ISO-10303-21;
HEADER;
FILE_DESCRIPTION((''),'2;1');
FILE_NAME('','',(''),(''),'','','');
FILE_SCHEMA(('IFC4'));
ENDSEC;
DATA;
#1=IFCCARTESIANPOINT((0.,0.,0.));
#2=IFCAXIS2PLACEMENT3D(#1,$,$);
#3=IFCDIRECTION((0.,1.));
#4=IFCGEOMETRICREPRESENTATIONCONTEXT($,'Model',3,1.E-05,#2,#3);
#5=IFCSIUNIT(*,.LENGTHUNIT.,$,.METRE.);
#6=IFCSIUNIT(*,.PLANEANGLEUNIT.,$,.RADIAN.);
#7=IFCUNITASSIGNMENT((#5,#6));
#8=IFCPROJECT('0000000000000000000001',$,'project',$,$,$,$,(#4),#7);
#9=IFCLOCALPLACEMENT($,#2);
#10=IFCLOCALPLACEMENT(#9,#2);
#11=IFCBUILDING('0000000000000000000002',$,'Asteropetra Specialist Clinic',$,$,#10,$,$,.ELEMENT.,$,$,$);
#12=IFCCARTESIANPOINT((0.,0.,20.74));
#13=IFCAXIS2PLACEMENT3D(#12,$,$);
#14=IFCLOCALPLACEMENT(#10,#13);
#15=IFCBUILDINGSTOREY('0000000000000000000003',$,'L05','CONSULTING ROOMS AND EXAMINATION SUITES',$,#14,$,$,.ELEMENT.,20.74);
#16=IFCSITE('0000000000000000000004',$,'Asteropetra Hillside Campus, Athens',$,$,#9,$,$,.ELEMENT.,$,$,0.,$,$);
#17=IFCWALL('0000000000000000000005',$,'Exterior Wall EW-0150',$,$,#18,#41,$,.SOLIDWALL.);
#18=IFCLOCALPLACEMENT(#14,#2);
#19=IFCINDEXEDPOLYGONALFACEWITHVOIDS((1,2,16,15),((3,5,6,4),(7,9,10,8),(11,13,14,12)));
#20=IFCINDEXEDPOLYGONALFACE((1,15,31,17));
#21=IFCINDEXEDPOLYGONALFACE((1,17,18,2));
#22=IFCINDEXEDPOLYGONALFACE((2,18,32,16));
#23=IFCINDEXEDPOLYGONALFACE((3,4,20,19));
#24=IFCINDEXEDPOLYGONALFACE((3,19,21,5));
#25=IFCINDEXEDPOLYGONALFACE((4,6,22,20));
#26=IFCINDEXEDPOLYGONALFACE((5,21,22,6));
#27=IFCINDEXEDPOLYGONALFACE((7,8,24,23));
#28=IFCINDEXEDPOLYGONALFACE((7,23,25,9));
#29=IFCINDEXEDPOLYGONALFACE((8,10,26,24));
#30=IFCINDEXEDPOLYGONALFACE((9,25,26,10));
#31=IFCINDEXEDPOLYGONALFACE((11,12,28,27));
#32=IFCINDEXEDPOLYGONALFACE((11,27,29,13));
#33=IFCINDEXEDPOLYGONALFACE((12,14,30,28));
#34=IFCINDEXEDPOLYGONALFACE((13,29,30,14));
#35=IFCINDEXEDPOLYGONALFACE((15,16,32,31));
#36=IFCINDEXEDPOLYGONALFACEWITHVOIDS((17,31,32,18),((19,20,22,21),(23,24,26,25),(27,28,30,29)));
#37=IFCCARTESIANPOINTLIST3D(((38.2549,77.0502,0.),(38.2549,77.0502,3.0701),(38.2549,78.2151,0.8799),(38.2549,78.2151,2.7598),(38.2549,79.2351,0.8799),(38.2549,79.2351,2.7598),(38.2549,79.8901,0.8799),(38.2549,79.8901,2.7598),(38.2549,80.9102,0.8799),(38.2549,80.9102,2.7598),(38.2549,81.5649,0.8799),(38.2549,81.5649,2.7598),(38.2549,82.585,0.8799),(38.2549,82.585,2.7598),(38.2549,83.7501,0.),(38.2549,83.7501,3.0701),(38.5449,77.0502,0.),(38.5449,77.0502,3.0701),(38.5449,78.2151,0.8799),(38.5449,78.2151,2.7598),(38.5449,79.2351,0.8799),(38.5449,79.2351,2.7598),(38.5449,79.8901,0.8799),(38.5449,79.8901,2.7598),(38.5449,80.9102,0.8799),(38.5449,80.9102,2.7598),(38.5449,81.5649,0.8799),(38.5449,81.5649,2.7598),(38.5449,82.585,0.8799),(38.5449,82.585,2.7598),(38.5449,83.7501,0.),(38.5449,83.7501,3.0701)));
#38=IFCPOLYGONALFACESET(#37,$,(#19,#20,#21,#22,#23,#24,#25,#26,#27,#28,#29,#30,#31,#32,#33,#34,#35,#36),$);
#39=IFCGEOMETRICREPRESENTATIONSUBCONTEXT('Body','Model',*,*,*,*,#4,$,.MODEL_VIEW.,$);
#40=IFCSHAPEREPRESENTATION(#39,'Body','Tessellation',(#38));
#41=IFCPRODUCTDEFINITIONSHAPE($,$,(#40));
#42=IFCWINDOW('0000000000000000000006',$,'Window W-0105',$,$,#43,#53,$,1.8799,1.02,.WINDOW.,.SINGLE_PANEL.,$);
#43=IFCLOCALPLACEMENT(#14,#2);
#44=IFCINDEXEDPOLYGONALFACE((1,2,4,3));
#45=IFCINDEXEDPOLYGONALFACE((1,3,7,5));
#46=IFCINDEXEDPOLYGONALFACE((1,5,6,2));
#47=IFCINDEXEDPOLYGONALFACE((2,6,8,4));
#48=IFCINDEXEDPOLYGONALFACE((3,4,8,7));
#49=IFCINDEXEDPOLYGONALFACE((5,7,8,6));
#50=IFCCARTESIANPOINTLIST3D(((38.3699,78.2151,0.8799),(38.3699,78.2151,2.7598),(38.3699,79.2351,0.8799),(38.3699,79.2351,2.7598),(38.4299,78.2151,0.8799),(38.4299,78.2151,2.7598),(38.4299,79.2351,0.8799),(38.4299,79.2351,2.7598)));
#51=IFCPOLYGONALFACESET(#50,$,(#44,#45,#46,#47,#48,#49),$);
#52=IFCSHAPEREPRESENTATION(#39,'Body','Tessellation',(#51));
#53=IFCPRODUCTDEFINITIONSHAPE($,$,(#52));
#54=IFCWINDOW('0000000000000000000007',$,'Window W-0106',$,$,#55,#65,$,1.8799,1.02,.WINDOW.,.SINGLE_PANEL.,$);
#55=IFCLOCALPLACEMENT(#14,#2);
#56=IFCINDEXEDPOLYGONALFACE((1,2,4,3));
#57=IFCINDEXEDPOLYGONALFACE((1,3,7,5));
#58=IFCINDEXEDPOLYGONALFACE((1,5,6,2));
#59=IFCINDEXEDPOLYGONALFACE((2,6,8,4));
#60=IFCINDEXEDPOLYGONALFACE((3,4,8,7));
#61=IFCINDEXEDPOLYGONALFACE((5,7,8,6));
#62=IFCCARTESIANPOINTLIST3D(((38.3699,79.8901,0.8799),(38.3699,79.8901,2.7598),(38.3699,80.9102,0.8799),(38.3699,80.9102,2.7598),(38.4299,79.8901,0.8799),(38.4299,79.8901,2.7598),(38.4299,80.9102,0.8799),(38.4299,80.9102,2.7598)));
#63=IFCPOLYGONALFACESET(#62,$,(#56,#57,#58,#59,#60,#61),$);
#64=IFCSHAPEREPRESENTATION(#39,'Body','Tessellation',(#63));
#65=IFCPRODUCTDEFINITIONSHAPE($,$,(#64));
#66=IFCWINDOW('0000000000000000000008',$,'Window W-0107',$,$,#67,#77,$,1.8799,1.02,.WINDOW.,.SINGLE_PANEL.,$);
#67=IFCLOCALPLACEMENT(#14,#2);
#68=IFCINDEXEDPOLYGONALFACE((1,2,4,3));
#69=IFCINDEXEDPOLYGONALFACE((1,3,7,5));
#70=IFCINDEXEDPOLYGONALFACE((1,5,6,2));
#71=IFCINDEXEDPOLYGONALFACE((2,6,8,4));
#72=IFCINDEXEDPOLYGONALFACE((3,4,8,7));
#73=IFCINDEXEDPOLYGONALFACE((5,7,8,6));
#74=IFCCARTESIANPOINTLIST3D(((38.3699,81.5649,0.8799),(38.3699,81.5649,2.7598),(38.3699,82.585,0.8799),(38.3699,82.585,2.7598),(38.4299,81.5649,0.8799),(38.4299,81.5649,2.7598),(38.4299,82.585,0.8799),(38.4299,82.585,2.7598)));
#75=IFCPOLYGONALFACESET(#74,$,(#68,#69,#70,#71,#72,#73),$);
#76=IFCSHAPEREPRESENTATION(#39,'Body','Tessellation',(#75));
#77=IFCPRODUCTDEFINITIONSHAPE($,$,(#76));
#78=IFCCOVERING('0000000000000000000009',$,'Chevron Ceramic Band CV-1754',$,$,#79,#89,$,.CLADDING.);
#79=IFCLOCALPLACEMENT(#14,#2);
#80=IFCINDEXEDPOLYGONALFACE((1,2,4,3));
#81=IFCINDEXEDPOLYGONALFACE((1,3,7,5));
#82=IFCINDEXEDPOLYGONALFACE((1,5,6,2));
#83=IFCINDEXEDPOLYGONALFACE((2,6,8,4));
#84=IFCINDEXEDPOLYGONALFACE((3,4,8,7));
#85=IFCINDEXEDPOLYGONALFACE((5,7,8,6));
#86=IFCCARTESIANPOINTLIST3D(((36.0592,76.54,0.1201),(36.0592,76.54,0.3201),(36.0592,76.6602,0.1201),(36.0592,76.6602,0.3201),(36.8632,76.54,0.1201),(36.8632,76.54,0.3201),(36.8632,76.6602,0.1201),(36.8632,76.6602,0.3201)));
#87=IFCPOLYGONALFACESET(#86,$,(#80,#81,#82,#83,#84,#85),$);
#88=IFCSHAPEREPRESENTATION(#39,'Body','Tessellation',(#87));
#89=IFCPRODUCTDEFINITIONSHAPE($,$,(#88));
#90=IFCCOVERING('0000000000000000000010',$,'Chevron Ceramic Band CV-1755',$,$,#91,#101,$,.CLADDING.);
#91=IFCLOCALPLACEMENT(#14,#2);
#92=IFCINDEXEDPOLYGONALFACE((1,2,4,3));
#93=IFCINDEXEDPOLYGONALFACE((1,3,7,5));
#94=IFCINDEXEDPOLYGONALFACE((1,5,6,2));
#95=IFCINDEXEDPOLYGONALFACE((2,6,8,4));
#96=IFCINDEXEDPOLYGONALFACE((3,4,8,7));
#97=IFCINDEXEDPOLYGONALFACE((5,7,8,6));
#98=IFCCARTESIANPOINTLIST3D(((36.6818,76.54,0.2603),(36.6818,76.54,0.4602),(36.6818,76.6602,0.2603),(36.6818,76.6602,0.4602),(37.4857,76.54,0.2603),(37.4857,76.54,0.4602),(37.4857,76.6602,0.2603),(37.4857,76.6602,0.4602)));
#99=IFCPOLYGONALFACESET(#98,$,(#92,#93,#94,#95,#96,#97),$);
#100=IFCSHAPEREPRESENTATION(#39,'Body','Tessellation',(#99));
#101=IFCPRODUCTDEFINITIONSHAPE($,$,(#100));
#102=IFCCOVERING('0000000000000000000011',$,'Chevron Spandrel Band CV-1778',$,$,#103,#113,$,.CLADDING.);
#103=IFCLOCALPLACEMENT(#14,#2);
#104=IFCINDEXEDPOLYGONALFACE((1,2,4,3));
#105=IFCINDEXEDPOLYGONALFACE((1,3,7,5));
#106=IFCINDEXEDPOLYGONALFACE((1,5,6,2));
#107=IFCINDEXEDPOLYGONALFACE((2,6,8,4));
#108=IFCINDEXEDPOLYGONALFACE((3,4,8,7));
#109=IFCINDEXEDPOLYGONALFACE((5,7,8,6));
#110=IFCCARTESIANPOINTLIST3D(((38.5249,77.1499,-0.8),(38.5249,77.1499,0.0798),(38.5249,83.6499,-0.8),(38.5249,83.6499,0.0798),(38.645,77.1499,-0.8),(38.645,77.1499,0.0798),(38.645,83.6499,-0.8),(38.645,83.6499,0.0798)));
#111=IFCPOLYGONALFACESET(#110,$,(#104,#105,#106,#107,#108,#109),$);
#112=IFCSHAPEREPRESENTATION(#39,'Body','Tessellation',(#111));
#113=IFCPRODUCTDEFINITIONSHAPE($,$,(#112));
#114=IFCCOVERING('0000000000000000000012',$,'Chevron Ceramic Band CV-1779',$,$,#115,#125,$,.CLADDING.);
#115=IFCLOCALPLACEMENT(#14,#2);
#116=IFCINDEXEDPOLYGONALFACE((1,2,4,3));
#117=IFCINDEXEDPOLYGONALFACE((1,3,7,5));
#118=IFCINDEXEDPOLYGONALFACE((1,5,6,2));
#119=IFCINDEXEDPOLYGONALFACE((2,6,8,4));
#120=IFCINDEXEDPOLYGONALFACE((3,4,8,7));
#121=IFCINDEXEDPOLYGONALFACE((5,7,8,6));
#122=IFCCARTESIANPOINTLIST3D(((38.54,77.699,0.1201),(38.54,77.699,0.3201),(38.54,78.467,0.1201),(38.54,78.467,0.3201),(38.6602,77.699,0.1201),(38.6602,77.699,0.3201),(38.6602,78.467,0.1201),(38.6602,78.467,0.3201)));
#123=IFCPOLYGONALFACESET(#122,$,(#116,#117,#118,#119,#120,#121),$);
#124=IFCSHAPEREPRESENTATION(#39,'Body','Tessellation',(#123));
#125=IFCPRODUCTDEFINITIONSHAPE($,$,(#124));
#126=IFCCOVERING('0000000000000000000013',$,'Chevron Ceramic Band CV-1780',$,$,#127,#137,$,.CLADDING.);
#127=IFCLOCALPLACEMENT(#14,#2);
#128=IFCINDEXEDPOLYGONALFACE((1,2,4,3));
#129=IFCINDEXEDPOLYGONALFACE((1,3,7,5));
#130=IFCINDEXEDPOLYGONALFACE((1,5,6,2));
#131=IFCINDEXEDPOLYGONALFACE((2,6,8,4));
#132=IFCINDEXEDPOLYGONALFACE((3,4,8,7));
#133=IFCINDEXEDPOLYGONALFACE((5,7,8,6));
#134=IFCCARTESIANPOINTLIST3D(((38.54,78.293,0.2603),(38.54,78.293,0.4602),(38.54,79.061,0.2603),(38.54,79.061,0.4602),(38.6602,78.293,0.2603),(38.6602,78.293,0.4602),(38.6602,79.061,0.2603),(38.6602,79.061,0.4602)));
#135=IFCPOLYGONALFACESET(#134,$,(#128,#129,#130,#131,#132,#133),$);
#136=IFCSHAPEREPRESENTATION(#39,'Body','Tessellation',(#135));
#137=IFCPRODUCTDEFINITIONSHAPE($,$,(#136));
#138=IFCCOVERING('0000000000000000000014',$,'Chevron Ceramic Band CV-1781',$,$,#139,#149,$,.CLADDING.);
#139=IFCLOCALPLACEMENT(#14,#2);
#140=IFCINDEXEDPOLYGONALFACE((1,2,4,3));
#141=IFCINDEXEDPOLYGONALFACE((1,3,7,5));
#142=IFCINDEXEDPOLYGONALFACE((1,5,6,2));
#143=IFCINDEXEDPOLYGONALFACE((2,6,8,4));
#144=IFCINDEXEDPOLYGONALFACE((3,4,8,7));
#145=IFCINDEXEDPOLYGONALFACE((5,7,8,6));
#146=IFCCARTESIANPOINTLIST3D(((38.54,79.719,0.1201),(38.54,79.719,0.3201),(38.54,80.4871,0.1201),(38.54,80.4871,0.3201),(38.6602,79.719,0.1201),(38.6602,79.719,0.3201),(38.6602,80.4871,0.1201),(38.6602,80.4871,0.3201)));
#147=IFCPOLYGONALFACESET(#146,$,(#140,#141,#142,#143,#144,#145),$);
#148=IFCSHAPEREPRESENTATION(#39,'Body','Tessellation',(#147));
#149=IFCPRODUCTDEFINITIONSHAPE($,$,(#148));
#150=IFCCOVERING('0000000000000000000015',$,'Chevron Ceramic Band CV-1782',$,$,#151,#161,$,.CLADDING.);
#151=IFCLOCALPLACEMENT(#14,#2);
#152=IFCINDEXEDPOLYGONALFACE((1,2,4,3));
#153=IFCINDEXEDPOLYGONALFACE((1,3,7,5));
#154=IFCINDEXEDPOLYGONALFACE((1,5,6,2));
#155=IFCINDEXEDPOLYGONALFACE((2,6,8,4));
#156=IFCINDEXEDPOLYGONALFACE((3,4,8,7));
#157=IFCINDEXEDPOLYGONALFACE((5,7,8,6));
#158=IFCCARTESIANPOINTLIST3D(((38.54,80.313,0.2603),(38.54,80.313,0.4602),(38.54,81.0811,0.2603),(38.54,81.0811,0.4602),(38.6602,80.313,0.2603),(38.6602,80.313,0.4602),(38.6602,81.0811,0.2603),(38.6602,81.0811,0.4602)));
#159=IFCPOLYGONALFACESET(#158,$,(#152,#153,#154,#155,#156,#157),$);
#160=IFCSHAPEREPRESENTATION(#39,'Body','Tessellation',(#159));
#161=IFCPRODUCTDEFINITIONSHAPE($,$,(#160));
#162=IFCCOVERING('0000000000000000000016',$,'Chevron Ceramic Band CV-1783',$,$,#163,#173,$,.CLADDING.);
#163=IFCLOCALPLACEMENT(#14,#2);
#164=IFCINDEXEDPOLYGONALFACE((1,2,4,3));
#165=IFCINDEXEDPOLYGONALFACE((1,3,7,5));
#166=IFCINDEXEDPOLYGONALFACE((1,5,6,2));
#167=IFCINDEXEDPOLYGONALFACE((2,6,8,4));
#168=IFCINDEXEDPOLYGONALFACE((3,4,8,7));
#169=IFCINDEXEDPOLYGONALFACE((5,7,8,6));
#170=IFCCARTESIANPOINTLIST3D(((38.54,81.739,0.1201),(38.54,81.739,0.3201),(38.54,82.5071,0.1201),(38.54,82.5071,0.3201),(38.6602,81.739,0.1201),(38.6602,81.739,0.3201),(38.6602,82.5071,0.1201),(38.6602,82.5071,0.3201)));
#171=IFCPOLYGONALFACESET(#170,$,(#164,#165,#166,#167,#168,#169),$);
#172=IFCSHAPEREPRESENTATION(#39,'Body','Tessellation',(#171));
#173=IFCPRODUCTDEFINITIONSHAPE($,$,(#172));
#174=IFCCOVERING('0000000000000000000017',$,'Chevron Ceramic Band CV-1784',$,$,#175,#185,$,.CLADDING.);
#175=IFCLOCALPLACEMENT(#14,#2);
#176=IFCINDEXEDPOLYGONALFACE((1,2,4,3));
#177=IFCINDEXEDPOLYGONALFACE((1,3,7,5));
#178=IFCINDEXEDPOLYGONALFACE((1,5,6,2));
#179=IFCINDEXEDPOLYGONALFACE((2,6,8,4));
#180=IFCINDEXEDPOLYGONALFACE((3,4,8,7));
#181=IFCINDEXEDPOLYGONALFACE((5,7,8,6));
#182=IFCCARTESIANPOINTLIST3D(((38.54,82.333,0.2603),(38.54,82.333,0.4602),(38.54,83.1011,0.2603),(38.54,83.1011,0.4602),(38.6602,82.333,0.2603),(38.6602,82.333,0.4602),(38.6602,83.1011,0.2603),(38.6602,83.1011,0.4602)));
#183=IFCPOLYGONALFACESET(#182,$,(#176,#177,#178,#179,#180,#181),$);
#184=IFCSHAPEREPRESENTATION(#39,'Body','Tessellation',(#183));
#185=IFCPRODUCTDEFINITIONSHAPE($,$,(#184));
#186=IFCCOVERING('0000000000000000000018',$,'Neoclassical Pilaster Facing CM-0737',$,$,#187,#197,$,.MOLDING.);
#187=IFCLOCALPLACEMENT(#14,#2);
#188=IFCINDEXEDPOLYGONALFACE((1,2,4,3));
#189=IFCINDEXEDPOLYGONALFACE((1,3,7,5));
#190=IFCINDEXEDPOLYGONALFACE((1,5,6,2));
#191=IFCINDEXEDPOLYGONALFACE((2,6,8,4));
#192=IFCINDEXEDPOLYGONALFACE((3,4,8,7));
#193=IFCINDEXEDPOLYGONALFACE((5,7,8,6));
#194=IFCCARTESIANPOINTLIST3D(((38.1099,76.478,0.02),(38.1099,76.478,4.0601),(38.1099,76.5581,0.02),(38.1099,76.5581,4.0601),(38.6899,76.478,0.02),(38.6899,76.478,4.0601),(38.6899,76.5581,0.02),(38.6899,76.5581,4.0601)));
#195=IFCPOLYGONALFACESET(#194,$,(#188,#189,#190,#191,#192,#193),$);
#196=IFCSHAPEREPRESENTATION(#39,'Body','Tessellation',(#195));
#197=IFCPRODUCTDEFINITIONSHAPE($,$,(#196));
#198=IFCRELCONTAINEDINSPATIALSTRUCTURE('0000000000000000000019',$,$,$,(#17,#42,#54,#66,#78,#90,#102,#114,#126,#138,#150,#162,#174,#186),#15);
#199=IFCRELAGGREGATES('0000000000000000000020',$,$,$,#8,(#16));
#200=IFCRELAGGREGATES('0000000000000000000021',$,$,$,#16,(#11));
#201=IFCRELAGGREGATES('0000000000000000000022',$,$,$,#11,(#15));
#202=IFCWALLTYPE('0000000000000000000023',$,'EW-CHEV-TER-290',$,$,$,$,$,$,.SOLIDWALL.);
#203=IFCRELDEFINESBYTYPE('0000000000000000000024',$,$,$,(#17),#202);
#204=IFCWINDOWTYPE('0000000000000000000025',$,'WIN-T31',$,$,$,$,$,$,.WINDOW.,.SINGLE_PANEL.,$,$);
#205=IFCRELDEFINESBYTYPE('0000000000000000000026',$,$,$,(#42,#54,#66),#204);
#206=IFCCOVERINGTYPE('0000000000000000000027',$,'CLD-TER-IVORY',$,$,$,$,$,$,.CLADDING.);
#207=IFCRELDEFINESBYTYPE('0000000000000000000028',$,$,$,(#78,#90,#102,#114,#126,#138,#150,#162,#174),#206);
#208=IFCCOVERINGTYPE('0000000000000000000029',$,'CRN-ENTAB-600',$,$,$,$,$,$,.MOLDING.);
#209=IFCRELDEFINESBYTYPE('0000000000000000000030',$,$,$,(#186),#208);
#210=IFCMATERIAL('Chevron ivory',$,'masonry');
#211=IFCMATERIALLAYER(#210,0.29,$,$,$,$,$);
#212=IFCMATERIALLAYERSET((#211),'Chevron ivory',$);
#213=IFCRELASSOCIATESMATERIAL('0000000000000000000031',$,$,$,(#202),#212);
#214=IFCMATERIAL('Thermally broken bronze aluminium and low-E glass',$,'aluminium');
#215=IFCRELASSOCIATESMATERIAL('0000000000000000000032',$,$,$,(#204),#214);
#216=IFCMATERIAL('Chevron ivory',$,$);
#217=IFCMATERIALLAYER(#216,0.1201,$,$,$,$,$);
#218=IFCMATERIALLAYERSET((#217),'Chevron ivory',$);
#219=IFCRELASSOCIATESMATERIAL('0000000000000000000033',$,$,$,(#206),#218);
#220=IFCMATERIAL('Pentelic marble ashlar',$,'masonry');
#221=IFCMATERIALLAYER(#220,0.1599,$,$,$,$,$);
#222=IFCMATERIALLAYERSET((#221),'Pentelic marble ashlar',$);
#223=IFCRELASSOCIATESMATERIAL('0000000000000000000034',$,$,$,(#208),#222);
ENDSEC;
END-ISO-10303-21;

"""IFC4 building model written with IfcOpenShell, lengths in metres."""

from ifc_helpers import new_model, si_unit, direction, frame, frame_2d, origin, origin_2d, place, context, subcontext, project, spatial, rectangle, extrude, material, layer, layer_set, type_object, element, fill, save


model = new_model("IFC4")

# Units and contexts
model_context = context("Model", 3, precision=1e-05, world=origin(), true_north=direction((0.0, 1.0)))
body_context = subcontext(model_context, "Body", "Model", "MODEL_VIEW")
ifc_project = project(units=[si_unit("LENGTHUNIT", "METRE"), si_unit("PLANEANGLEUNIT", "RADIAN")], contexts=[model_context])

# Site, building, storey
site_placement = place(None, origin())
site = spatial("IfcSite", under=ifc_project, at=site_placement, Name="Asteropetra Hillside Campus, Athens", CompositionType="ELEMENT", RefElevation=0.0)
building_placement = place(site_placement, origin())
building = spatial("IfcBuilding", under=site, at=building_placement, Name="Asteropetra Specialist Clinic", CompositionType="ELEMENT")
storey_placement = place(building_placement, frame((0.0, 0.0, 20.74)))
storey = spatial("IfcBuildingStorey", under=building, at=storey_placement, Name="L05", Description="CONSULTING ROOMS AND EXAMINATION SUITES", CompositionType="ELEMENT", Elevation=20.74)

# Wall, openings, windows
ifc_material_1 = material(Name="Chevron ivory", Category="masonry")
ifc_layer_1 = layer(ifc_material_1, 0.29)
ifc_layer_set_1 = layer_set([ifc_layer_1], Name="Chevron ivory")
wall_type = type_object("IfcWallType", Name="EW-CHEV-TER-290", PredefinedType="SOLIDWALL", material=ifc_layer_set_1)
wall_placement = place(storey_placement, frame((38.3999, 77.05, 0.0), z_axis=(0.0, 0.0, 1.0), x_axis=(0.0, 1.0, 0.0)))
wall = element("IfcWall", 1, at=wall_placement, inside=storey, type_object=wall_type, Name="Exterior Wall EW-0150", PredefinedType="SOLIDWALL", context=body_context, shape_type="SweptSolid", body=[
    extrude(rectangle(XDim=6.7, YDim=0.29, at=frame_2d((3.3501, 0.0))), origin(), (0.0, 0.0, 1.0), 3.0701),
])
opening_1_placement = place(wall_placement, frame((1.165, 0.0, 0.8799)))
opening_1 = element("IfcOpeningElement", 2, at=opening_1_placement, cuts=wall, PredefinedType="OPENING", context=body_context, shape_type="SweptSolid", body=[
    extrude(rectangle(XDim=1.02, YDim=1.8799, at=frame_2d((0.51, 0.9399))), frame((0.0, 0.155, 0.0), z_axis=(0.0, -1.0, 0.0), x_axis=(1.0, 0.0, 0.0)), (0.0, 0.0, 1.0), 0.3101),
])
opening_2_placement = place(wall_placement, frame((2.8401, 0.0, 0.8799)))
opening_2 = element("IfcOpeningElement", 3, at=opening_2_placement, cuts=wall, PredefinedType="OPENING", context=body_context, shape_type="SweptSolid", body=[
    extrude(rectangle(XDim=1.02, YDim=1.8799, at=frame_2d((0.51, 0.9399))), frame((0.0, 0.155, 0.0), z_axis=(0.0, -1.0, 0.0), x_axis=(1.0, 0.0, 0.0)), (0.0, 0.0, 1.0), 0.3101),
])
opening_3_placement = place(wall_placement, frame((4.5149, 0.0, 0.8799)))
opening_3 = element("IfcOpeningElement", 4, at=opening_3_placement, cuts=wall, PredefinedType="OPENING", context=body_context, shape_type="SweptSolid", body=[
    extrude(rectangle(XDim=1.02, YDim=1.8799, at=frame_2d((0.51, 0.9399))), frame((0.0, 0.155, 0.0), z_axis=(0.0, -1.0, 0.0), x_axis=(1.0, 0.0, 0.0)), (0.0, 0.0, 1.0), 0.3101),
])
ifc_material_2 = material(Name="Thermally broken bronze aluminium and low-E glass", Category="aluminium")
window_type = type_object("IfcWindowType", Name="WIN-T31", PartitioningType="SINGLE_PANEL", PredefinedType="WINDOW", material=ifc_material_2)
window_1_placement = place(opening_1_placement, origin())
window_1 = element("IfcWindow", 5, at=window_1_placement, inside=storey, type_object=window_type, Name="Window W-0105", OverallHeight=1.8799, OverallWidth=1.02, PartitioningType="SINGLE_PANEL", PredefinedType="WINDOW", context=body_context, shape_type="SweptSolid", body=[
    extrude(rectangle(XDim=1.02, YDim=1.8799, at=frame_2d((0.51, 0.9399))), frame((0.0, 0.03, 0.0), z_axis=(0.0, -1.0, 0.0), x_axis=(1.0, 0.0, 0.0)), (0.0, 0.0, 1.0), 0.0601),
])
fill(opening_1, window_1)
window_2_placement = place(opening_2_placement, origin())
window_2 = element("IfcWindow", 6, at=window_2_placement, inside=storey, type_object=window_type, Name="Window W-0106", OverallHeight=1.8799, OverallWidth=1.02, PartitioningType="SINGLE_PANEL", PredefinedType="WINDOW", context=body_context, shape_type="SweptSolid", body=[
    extrude(rectangle(XDim=1.02, YDim=1.8799, at=frame_2d((0.51, 0.9399))), frame((0.0, 0.03, 0.0), z_axis=(0.0, -1.0, 0.0), x_axis=(1.0, 0.0, 0.0)), (0.0, 0.0, 1.0), 0.0601),
])
fill(opening_2, window_2)
window_3_placement = place(opening_3_placement, origin())
window_3 = element("IfcWindow", 7, at=window_3_placement, inside=storey, type_object=window_type, Name="Window W-0107", OverallHeight=1.8799, OverallWidth=1.02, PartitioningType="SINGLE_PANEL", PredefinedType="WINDOW", context=body_context, shape_type="SweptSolid", body=[
    extrude(rectangle(XDim=1.02, YDim=1.8799, at=frame_2d((0.51, 0.9399))), frame((0.0, 0.03, 0.0), z_axis=(0.0, -1.0, 0.0), x_axis=(1.0, 0.0, 0.0)), (0.0, 0.0, 1.0), 0.0601),
])
fill(opening_3, window_3)

# Coverings
ifc_material_3 = material(Name="Chevron ivory")
ifc_layer_2 = layer(ifc_material_3, 0.1201)
ifc_layer_set_2 = layer_set([ifc_layer_2], Name="Chevron ivory")
covering_type_1 = type_object("IfcCoveringType", Name="CLD-TER-IVORY", PredefinedType="CLADDING", material=ifc_layer_set_2)
for number, where, z_axis, x_axis, name in (
    (8, (36.4612, 76.6001, 0.1201), (0.0, 0.0, 1.0), (1.0, 0.0, 0.0), "Chevron Ceramic Band CV-1754"),
    (9, (37.0837, 76.6001, 0.2603), (0.0, 0.0, 1.0), (1.0, 0.0, 0.0), "Chevron Ceramic Band CV-1755"),
):
    element("IfcCovering", number, at=place(storey_placement, frame(where, z_axis=z_axis, x_axis=x_axis)), inside=storey, type_object=covering_type_1, Name=name, PredefinedType="CLADDING", context=body_context, shape_type="SweptSolid", body=[
        extrude(rectangle(XDim=0.804, YDim=0.1201, at=origin_2d()), origin(), (0.0, 0.0, 1.0), 0.2),
    ])
covering_1_placement = place(storey_placement, frame((38.585, 80.3999, -0.8), z_axis=(0.0, 0.0, 1.0), x_axis=(1.0, 0.0, 0.0)))
element("IfcCovering", 10, at=covering_1_placement, inside=storey, type_object=covering_type_1, Name="Chevron Spandrel Band CV-1778", PredefinedType="CLADDING", context=body_context, shape_type="SweptSolid", body=[
    extrude(rectangle(XDim=0.1201, YDim=6.5, at=origin_2d()), origin(), (0.0, 0.0, 1.0), 0.8799),
])
for number, where, z_axis, x_axis, name in (
    (11, (38.6001, 78.083, 0.1201), (0.0, 0.0, 1.0), (1.0, 0.0, 0.0), "Chevron Ceramic Band CV-1779"),
    (12, (38.6001, 78.677, 0.2603), (0.0, 0.0, 1.0), (1.0, 0.0, 0.0), "Chevron Ceramic Band CV-1780"),
    (13, (38.6001, 80.103, 0.1201), (0.0, 0.0, 1.0), (1.0, 0.0, 0.0), "Chevron Ceramic Band CV-1781"),
    (14, (38.6001, 80.697, 0.2603), (0.0, 0.0, 1.0), (1.0, 0.0, 0.0), "Chevron Ceramic Band CV-1782"),
    (15, (38.6001, 82.123, 0.1201), (0.0, 0.0, 1.0), (1.0, 0.0, 0.0), "Chevron Ceramic Band CV-1783"),
    (16, (38.6001, 82.717, 0.2603), (0.0, 0.0, 1.0), (1.0, 0.0, 0.0), "Chevron Ceramic Band CV-1784"),
):
    element("IfcCovering", number, at=place(storey_placement, frame(where, z_axis=z_axis, x_axis=x_axis)), inside=storey, type_object=covering_type_1, Name=name, PredefinedType="CLADDING", context=body_context, shape_type="SweptSolid", body=[
        extrude(rectangle(XDim=0.1201, YDim=0.7681, at=origin_2d()), origin(), (0.0, 0.0, 1.0), 0.2),
    ])
ifc_material_4 = material(Name="Pentelic marble ashlar", Category="masonry")
ifc_layer_3 = layer(ifc_material_4, 0.1599)
ifc_layer_set_3 = layer_set([ifc_layer_3], Name="Pentelic marble ashlar")
covering_type_2 = type_object("IfcCoveringType", Name="CRN-ENTAB-600", PredefinedType="MOLDING", material=ifc_layer_set_3)
covering_2_placement = place(storey_placement, frame((38.3999, 76.5181, 0.02), z_axis=(0.0, 0.0, 1.0), x_axis=(1.0, 0.0, 0.0)))
element("IfcCovering", 17, at=covering_2_placement, inside=storey, type_object=covering_type_2, Name="Neoclassical Pilaster Facing CM-0737", PredefinedType="MOLDING", context=body_context, shape_type="SweptSolid", body=[
    extrude(rectangle(XDim=0.5801, YDim=0.0801, at=origin_2d()), origin(), (0.0, 0.0, 1.0), 4.04),
])

save(model, "model.ifc")
